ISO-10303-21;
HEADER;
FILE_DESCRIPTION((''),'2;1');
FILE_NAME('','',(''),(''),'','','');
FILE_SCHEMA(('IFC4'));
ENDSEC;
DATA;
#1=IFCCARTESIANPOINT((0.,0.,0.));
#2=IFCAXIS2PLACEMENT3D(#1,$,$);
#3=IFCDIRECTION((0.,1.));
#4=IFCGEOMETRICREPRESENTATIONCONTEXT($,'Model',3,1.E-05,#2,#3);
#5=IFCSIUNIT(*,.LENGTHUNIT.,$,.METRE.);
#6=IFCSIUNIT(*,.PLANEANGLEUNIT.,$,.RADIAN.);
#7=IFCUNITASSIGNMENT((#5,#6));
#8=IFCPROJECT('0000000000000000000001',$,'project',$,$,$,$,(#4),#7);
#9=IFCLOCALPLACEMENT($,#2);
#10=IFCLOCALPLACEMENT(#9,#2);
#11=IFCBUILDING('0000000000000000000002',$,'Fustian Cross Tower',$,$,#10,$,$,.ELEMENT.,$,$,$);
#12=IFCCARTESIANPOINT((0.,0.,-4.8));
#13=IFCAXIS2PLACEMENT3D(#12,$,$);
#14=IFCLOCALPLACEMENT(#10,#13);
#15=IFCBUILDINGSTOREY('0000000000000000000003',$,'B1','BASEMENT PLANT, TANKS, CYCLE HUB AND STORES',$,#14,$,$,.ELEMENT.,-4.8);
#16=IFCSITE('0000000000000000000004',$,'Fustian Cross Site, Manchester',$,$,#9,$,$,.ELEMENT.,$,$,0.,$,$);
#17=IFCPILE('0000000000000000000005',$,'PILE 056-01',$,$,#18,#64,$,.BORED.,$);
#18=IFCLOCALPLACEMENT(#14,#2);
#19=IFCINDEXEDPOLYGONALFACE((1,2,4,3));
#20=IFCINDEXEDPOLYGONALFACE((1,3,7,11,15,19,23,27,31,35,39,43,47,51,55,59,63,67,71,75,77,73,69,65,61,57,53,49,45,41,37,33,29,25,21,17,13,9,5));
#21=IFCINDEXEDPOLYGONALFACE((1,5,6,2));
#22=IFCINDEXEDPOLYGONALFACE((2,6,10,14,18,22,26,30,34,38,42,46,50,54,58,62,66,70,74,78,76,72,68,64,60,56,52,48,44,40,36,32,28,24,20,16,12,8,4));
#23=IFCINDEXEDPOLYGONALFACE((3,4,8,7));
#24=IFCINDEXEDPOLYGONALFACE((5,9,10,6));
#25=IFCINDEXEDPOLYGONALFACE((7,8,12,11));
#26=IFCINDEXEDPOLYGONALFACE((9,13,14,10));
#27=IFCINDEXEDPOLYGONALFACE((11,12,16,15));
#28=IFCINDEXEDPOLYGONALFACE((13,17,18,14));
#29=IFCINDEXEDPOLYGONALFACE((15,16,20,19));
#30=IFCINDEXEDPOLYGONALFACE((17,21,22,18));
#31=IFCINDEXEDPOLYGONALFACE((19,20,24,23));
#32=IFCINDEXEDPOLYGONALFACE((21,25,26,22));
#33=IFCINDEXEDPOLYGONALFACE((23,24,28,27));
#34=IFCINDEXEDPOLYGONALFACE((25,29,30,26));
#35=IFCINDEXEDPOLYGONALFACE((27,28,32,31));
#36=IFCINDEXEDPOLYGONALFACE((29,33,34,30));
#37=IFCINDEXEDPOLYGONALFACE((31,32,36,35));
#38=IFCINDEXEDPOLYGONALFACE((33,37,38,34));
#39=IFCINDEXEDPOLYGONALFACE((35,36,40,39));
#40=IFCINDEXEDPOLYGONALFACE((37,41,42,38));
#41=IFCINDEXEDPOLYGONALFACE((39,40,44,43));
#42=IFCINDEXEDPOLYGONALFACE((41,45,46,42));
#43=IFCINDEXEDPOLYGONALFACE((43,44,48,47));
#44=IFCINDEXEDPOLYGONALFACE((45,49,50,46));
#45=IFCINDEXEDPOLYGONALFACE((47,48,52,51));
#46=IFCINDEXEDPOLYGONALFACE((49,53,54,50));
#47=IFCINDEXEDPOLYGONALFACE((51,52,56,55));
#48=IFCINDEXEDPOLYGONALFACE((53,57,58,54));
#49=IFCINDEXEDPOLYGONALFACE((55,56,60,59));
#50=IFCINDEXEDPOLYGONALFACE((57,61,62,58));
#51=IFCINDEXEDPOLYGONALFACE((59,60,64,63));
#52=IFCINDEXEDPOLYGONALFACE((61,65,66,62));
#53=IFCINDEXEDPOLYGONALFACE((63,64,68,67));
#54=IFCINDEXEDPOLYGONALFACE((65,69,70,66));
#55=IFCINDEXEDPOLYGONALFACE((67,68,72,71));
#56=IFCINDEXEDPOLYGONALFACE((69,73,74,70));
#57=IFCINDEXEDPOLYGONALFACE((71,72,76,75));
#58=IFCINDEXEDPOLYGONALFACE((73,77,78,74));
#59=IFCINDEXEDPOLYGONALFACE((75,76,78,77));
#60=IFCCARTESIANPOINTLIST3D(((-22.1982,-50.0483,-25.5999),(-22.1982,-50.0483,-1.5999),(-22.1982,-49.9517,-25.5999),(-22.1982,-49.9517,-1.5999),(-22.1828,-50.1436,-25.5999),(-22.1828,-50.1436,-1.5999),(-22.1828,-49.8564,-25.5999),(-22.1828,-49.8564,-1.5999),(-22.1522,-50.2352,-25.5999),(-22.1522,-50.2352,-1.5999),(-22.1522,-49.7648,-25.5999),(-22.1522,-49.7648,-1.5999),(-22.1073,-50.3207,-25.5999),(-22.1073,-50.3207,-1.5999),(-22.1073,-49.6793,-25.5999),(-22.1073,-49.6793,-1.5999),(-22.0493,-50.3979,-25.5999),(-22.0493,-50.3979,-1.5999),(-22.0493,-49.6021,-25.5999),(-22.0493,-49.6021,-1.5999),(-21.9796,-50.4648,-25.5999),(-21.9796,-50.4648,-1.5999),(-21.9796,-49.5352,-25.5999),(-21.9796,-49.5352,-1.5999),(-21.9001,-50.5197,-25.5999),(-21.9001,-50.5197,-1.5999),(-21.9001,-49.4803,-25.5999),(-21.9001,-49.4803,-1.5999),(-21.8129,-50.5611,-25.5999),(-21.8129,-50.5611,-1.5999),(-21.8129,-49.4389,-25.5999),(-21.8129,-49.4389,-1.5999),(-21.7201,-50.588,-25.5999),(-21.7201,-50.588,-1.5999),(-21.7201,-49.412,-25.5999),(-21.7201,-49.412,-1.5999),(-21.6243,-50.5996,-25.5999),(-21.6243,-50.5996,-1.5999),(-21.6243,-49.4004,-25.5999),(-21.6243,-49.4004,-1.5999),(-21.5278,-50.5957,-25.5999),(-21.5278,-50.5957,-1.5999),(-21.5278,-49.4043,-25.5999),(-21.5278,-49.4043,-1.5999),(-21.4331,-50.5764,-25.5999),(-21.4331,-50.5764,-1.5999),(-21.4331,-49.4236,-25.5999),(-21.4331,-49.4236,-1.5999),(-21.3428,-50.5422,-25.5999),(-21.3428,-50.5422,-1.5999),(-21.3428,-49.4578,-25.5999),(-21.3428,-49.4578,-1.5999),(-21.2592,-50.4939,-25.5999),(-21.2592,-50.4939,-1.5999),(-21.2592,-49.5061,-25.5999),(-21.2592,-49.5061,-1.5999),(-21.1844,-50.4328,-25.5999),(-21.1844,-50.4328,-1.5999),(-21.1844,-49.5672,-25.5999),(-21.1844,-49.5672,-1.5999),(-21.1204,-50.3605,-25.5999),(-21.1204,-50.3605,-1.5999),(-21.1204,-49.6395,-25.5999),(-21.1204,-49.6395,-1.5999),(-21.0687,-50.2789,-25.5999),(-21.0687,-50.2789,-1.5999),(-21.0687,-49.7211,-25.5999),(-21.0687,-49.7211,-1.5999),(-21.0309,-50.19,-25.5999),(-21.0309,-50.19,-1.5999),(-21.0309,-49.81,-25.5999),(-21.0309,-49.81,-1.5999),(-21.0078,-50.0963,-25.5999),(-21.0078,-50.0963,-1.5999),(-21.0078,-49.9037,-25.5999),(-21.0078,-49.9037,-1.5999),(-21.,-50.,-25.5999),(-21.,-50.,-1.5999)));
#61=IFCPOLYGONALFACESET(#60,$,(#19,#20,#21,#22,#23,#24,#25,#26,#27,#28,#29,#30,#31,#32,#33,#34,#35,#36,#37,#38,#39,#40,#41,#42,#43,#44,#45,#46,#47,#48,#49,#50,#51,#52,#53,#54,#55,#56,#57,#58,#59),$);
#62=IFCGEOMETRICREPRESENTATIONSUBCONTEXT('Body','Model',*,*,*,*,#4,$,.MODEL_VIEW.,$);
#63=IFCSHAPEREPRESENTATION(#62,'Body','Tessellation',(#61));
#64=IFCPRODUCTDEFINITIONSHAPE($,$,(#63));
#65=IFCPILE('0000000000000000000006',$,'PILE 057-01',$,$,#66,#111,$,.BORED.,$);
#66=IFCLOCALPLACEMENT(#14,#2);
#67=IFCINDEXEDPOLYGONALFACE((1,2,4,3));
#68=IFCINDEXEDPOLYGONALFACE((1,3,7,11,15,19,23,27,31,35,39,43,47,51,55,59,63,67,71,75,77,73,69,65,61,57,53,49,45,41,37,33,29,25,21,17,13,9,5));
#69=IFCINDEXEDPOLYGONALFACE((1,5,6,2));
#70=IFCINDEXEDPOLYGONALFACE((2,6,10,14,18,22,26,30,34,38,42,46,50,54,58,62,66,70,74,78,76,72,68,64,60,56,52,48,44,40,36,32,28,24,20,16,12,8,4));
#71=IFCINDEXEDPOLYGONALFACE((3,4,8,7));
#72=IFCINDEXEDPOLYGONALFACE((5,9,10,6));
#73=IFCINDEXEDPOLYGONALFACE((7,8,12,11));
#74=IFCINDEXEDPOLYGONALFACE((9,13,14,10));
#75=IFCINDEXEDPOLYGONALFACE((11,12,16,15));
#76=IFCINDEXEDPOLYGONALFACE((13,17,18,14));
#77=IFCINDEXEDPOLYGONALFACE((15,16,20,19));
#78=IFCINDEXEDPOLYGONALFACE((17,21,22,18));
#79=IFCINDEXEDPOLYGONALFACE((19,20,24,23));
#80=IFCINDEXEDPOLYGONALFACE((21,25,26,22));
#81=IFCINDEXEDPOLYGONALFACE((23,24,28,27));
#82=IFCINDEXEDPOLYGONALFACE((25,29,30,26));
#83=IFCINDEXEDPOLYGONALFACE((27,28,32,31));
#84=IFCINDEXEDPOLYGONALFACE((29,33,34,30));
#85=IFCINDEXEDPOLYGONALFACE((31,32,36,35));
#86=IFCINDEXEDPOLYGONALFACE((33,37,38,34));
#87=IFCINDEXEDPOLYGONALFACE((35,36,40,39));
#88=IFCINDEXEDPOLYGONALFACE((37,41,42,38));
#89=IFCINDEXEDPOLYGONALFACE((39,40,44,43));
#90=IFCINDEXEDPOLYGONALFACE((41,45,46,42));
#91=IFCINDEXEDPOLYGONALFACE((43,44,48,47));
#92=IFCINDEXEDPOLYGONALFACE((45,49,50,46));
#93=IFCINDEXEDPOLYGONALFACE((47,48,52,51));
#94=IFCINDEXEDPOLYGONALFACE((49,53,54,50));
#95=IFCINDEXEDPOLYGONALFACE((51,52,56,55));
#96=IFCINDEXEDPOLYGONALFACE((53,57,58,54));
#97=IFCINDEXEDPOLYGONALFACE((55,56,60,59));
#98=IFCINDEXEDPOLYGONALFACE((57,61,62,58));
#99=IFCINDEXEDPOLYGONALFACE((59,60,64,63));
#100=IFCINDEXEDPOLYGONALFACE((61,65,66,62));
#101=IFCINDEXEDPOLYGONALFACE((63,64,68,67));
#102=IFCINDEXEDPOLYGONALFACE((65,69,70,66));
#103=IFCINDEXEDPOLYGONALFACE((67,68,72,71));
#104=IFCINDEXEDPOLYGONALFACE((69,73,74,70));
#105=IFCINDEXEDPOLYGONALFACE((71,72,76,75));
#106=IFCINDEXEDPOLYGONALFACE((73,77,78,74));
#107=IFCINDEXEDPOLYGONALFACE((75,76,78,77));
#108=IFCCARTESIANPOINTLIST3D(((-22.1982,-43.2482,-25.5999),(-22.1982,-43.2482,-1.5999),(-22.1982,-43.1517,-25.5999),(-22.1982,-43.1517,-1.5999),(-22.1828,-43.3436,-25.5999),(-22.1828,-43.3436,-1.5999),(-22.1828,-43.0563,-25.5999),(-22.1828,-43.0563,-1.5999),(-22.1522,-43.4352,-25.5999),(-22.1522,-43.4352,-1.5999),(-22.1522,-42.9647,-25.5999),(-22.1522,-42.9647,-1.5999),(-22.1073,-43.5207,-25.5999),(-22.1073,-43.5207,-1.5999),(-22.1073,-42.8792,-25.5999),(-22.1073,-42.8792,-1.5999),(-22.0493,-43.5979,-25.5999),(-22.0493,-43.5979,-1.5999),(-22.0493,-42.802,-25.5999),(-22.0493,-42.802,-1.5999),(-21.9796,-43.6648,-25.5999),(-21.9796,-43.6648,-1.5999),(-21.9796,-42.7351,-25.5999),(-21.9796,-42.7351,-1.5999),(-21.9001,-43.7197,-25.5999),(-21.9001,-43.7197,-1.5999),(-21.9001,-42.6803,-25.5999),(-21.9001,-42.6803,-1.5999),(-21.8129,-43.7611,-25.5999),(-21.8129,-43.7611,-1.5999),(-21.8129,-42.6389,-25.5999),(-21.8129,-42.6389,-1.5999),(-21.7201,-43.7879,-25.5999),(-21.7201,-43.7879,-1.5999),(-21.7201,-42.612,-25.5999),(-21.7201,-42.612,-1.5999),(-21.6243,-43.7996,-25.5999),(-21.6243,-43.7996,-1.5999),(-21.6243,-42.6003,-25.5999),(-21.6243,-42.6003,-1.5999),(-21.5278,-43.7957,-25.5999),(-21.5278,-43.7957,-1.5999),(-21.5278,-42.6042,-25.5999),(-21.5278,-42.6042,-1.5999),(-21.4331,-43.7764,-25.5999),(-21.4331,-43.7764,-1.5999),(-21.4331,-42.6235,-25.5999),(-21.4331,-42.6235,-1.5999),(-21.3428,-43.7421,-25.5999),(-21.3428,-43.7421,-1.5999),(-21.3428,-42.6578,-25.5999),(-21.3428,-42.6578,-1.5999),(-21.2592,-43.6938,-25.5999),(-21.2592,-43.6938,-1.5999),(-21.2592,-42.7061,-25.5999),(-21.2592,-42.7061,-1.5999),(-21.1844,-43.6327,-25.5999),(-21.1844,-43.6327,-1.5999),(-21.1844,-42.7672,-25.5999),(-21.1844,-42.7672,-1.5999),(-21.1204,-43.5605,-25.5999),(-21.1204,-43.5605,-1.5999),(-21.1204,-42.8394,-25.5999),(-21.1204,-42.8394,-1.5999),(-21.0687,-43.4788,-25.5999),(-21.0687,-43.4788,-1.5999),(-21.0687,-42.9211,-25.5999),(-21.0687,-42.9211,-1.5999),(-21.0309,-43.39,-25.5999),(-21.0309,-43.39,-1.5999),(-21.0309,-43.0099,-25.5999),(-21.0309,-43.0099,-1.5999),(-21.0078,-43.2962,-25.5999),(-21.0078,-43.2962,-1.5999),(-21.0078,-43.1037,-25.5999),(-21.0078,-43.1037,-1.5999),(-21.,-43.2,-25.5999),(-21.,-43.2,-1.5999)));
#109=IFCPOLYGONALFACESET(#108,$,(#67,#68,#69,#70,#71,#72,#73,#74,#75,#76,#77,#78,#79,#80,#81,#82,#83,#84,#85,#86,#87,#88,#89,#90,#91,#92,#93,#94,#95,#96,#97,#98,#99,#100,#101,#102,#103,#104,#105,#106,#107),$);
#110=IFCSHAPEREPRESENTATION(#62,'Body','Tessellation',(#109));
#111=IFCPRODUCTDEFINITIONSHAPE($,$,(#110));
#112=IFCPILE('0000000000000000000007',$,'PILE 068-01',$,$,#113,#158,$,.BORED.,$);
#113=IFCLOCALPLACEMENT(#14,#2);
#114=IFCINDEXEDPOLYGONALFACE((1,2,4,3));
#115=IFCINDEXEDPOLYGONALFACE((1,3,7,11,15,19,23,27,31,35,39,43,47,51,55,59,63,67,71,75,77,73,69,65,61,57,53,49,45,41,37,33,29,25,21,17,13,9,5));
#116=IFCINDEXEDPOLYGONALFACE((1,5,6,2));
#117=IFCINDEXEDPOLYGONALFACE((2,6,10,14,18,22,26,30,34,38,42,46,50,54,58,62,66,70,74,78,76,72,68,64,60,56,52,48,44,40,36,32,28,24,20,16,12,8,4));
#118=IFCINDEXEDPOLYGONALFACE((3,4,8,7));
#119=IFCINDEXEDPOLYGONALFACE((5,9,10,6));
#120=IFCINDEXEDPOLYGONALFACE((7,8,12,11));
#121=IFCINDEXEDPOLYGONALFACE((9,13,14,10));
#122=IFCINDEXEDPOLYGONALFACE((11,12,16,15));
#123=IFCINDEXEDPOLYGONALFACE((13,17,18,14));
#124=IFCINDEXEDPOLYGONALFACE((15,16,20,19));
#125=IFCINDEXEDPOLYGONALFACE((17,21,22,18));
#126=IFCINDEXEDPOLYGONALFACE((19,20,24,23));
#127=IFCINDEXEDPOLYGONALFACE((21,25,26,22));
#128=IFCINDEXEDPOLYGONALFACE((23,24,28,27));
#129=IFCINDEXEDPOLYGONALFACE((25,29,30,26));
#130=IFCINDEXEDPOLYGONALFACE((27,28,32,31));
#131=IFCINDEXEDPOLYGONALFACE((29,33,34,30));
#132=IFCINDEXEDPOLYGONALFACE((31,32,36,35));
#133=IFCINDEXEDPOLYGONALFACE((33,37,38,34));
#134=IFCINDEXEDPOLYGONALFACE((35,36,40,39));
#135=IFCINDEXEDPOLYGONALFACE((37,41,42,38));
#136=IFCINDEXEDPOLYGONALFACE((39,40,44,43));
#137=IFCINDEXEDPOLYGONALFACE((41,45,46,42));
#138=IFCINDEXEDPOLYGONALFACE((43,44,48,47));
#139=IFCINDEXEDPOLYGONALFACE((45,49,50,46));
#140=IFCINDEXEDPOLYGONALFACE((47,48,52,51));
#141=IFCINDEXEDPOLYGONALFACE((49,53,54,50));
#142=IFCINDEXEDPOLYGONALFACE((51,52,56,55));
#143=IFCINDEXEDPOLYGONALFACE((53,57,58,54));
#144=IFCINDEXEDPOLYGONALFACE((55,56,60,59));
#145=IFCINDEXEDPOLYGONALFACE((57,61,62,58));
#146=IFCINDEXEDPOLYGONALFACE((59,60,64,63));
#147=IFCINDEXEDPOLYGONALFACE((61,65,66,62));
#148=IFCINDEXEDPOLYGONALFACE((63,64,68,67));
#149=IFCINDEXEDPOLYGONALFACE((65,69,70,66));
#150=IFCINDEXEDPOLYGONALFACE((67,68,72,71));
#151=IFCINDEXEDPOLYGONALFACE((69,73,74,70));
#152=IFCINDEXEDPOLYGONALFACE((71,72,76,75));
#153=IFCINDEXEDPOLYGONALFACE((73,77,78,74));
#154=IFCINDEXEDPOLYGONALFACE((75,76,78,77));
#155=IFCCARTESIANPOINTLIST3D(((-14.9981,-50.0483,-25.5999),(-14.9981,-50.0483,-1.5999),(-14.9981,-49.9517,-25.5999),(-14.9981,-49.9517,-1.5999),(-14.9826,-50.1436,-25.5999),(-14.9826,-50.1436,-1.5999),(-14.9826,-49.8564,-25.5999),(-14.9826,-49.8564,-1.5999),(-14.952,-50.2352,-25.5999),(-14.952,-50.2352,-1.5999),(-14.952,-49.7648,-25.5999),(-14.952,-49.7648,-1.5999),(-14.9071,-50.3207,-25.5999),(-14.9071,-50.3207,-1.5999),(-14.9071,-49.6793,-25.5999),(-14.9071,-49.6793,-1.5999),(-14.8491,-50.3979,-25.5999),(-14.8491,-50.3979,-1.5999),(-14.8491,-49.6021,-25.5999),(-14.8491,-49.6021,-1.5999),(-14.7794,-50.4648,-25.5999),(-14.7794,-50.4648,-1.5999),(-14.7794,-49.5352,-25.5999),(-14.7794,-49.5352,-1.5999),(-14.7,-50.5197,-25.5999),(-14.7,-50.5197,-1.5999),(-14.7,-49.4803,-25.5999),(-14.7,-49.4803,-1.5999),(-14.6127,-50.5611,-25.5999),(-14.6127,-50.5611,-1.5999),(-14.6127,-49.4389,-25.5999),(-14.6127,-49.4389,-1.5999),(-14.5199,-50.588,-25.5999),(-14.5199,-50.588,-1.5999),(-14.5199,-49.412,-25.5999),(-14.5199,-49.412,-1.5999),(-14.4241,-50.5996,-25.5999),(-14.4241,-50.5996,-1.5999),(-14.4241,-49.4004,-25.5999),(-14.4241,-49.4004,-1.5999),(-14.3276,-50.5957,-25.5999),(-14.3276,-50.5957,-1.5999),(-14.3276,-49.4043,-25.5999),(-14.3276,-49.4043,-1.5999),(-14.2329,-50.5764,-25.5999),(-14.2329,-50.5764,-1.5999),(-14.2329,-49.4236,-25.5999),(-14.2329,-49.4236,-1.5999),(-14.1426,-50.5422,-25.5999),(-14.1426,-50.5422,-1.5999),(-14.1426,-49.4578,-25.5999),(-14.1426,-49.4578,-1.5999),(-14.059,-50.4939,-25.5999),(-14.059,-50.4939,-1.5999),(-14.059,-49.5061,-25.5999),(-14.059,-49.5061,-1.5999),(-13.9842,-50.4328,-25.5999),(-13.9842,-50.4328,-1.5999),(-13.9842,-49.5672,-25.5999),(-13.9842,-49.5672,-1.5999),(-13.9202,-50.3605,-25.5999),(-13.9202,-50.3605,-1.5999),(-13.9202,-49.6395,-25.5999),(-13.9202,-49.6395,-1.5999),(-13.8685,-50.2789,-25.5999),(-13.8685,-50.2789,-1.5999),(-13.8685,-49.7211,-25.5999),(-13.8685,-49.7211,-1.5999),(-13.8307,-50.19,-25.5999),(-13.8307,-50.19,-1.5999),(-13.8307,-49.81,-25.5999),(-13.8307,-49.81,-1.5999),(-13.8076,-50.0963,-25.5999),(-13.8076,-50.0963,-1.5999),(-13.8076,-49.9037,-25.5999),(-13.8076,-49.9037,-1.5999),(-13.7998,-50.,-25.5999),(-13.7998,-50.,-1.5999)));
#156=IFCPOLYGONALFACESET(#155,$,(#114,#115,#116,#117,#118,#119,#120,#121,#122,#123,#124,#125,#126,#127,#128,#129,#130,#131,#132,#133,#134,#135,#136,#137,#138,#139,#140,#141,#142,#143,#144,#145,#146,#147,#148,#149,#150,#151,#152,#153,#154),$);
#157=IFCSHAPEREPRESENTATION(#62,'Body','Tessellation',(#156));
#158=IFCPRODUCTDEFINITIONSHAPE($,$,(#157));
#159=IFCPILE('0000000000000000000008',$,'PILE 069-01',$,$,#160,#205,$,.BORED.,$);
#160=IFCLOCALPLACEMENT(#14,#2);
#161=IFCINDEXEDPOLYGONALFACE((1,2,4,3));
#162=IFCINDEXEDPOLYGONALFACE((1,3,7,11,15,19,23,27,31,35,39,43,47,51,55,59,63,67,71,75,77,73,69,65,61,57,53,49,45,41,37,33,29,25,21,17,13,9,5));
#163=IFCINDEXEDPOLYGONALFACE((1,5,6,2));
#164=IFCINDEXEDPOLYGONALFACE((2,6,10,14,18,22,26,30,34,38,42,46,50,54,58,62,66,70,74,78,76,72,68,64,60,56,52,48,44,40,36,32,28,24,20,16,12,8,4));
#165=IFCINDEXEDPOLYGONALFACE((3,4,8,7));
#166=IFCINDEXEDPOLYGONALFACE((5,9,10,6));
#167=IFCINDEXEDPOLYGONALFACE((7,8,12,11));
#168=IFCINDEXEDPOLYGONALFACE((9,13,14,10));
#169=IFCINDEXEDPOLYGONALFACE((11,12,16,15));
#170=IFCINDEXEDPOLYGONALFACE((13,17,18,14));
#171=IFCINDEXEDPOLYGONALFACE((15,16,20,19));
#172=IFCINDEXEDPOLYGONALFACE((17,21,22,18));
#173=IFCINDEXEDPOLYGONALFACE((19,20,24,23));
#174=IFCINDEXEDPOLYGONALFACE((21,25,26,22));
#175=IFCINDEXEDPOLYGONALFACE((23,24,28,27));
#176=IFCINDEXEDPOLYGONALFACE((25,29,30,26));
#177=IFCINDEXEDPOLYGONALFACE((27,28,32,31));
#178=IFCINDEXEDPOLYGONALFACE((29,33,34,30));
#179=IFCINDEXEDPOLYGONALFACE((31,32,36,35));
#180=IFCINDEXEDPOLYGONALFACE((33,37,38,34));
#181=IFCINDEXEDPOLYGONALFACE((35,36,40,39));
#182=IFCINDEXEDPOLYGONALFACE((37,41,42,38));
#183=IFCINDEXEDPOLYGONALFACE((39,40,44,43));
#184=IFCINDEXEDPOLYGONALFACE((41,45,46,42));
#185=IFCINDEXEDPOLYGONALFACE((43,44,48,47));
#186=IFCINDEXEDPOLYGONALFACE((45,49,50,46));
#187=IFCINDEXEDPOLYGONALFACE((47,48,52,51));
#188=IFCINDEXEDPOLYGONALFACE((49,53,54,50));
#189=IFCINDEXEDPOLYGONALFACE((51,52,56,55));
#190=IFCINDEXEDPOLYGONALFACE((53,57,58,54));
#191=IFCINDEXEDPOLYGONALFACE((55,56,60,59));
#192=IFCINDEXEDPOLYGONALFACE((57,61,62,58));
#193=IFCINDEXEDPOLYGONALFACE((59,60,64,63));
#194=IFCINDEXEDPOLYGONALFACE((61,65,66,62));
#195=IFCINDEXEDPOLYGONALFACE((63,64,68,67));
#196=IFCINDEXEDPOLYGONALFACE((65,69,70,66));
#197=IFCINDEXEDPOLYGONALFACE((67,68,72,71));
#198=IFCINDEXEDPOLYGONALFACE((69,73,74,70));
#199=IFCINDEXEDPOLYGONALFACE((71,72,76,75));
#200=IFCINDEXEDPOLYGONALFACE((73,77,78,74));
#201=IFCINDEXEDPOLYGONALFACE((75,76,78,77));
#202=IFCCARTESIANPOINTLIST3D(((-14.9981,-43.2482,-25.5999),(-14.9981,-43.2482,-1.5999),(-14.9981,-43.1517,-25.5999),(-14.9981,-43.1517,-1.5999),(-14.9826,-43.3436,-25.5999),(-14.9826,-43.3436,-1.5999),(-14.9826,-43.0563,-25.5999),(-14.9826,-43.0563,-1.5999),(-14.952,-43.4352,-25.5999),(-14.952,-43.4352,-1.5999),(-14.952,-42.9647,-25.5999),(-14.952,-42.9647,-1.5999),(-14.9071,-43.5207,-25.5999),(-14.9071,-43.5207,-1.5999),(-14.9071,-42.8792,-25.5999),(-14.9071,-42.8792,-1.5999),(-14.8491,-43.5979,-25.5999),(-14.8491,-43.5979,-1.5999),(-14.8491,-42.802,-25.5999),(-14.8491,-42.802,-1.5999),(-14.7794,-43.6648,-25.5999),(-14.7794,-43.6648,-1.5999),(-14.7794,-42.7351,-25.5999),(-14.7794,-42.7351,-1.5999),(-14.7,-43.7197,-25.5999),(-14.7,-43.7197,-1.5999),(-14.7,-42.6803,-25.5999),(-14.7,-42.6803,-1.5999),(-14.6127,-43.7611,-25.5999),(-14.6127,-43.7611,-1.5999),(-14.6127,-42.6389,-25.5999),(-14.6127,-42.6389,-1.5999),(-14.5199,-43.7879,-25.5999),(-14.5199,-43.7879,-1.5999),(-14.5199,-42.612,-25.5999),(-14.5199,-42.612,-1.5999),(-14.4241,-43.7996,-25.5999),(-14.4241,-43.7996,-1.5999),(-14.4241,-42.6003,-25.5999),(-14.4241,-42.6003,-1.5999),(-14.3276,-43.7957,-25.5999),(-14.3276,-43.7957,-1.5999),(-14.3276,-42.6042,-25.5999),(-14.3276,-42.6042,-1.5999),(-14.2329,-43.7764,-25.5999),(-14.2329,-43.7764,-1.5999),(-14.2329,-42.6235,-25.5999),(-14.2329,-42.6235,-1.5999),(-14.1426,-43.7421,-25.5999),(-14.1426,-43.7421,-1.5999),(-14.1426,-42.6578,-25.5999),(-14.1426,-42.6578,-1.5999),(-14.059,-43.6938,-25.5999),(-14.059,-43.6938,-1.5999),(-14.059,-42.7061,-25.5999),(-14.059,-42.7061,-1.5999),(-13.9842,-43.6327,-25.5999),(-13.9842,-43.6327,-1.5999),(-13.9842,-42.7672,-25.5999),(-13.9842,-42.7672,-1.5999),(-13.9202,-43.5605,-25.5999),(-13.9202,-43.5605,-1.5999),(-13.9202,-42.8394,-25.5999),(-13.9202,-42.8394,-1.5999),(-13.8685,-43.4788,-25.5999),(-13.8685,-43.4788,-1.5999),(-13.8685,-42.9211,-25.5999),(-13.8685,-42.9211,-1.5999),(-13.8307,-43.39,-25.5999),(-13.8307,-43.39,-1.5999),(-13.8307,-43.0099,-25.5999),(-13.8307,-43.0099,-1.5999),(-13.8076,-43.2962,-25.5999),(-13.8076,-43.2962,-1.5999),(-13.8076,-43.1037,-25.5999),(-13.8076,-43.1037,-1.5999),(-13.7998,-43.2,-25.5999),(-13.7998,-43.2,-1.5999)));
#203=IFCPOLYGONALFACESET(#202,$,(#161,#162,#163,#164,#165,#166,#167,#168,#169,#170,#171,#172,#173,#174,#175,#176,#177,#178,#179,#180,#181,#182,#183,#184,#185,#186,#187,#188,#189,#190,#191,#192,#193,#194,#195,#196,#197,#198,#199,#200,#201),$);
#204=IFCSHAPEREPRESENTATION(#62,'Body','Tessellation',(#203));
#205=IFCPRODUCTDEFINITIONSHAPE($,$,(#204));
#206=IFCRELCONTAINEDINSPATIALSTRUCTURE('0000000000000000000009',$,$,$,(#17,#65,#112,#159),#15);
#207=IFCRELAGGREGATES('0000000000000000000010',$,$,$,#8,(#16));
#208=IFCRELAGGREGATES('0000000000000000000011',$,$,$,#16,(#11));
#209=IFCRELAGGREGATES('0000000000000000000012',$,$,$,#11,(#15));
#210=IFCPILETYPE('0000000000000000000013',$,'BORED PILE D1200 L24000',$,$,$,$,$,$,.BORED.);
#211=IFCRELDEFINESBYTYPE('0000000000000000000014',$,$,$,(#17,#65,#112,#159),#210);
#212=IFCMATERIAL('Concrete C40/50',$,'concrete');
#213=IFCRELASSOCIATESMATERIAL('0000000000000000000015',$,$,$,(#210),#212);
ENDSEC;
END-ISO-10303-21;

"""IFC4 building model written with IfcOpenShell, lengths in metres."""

from ifc_helpers import new_model, si_unit, direction, frame, origin, origin_2d, place, context, subcontext, project, spatial, circle, extrude, material, material_profile, profile_set, type_object, element, save


model = new_model("IFC4")

# Units and contexts
model_context = context("Model", 3, precision=1e-05, world=origin(), true_north=direction((0.0, 1.0)))
body_context = subcontext(model_context, "Body", "Model", "MODEL_VIEW")
ifc_project = project(units=[si_unit("LENGTHUNIT", "METRE"), si_unit("PLANEANGLEUNIT", "RADIAN")], contexts=[model_context])

# Site, building, storey
site_placement = place(None, origin())
site = spatial("IfcSite", under=ifc_project, at=site_placement, Name="Fustian Cross Site, Manchester", CompositionType="ELEMENT", RefElevation=0.0)
building_placement = place(site_placement, origin())
building = spatial("IfcBuilding", under=site, at=building_placement, Name="Fustian Cross Tower", CompositionType="ELEMENT")
storey_placement = place(building_placement, frame((0.0, 0.0, -4.8)))
storey = spatial("IfcBuildingStorey", under=building, at=storey_placement, Name="B1", Description="BASEMENT PLANT, TANKS, CYCLE HUB AND STORES", CompositionType="ELEMENT", Elevation=-4.8)

# Piles
ifc_material_1 = material(Name="Concrete C40/50", Category="concrete")
ifc_material_profile_1 = material_profile(ifc_material_1, circle(Radius=0.6001, at=origin_2d()), Name="BORED PILE D1200 L24000")
ifc_profile_set_1 = profile_set([ifc_material_profile_1], Name="Concrete C40/50")
pile_type_1 = type_object("IfcPileType", Name="BORED PILE D1200 L24000", PredefinedType="BORED", material=ifc_profile_set_1)
for number, where, z_axis, x_axis, name in (
    (1, (-21.6001, -50.0, -1.5999), (0.0, 0.0, -1.0), (1.0, 0.0, 0.0), "PILE 056-01"),
    (2, (-21.6001, -43.2, -1.5999), (0.0, 0.0, -1.0), (1.0, 0.0, 0.0), "PILE 057-01"),
    (3, (-14.3999, -50.0, -1.5999), (0.0, 0.0, -1.0), (1.0, 0.0, 0.0), "PILE 068-01"),
    (4, (-14.3999, -43.2, -1.5999), (0.0, 0.0, -1.0), (1.0, 0.0, 0.0), "PILE 069-01"),
):
    element("IfcPile", number, at=place(storey_placement, frame(where, z_axis=z_axis, x_axis=x_axis)), inside=storey, type_object=pile_type_1, Name=name, PredefinedType="BORED", context=body_context, shape_type="SweptSolid", body=[
        extrude(circle(Radius=0.6001, at=origin_2d()), origin(), (0.0, 0.0, 1.0), 24.0),
    ])

save(model, "model.ifc")
